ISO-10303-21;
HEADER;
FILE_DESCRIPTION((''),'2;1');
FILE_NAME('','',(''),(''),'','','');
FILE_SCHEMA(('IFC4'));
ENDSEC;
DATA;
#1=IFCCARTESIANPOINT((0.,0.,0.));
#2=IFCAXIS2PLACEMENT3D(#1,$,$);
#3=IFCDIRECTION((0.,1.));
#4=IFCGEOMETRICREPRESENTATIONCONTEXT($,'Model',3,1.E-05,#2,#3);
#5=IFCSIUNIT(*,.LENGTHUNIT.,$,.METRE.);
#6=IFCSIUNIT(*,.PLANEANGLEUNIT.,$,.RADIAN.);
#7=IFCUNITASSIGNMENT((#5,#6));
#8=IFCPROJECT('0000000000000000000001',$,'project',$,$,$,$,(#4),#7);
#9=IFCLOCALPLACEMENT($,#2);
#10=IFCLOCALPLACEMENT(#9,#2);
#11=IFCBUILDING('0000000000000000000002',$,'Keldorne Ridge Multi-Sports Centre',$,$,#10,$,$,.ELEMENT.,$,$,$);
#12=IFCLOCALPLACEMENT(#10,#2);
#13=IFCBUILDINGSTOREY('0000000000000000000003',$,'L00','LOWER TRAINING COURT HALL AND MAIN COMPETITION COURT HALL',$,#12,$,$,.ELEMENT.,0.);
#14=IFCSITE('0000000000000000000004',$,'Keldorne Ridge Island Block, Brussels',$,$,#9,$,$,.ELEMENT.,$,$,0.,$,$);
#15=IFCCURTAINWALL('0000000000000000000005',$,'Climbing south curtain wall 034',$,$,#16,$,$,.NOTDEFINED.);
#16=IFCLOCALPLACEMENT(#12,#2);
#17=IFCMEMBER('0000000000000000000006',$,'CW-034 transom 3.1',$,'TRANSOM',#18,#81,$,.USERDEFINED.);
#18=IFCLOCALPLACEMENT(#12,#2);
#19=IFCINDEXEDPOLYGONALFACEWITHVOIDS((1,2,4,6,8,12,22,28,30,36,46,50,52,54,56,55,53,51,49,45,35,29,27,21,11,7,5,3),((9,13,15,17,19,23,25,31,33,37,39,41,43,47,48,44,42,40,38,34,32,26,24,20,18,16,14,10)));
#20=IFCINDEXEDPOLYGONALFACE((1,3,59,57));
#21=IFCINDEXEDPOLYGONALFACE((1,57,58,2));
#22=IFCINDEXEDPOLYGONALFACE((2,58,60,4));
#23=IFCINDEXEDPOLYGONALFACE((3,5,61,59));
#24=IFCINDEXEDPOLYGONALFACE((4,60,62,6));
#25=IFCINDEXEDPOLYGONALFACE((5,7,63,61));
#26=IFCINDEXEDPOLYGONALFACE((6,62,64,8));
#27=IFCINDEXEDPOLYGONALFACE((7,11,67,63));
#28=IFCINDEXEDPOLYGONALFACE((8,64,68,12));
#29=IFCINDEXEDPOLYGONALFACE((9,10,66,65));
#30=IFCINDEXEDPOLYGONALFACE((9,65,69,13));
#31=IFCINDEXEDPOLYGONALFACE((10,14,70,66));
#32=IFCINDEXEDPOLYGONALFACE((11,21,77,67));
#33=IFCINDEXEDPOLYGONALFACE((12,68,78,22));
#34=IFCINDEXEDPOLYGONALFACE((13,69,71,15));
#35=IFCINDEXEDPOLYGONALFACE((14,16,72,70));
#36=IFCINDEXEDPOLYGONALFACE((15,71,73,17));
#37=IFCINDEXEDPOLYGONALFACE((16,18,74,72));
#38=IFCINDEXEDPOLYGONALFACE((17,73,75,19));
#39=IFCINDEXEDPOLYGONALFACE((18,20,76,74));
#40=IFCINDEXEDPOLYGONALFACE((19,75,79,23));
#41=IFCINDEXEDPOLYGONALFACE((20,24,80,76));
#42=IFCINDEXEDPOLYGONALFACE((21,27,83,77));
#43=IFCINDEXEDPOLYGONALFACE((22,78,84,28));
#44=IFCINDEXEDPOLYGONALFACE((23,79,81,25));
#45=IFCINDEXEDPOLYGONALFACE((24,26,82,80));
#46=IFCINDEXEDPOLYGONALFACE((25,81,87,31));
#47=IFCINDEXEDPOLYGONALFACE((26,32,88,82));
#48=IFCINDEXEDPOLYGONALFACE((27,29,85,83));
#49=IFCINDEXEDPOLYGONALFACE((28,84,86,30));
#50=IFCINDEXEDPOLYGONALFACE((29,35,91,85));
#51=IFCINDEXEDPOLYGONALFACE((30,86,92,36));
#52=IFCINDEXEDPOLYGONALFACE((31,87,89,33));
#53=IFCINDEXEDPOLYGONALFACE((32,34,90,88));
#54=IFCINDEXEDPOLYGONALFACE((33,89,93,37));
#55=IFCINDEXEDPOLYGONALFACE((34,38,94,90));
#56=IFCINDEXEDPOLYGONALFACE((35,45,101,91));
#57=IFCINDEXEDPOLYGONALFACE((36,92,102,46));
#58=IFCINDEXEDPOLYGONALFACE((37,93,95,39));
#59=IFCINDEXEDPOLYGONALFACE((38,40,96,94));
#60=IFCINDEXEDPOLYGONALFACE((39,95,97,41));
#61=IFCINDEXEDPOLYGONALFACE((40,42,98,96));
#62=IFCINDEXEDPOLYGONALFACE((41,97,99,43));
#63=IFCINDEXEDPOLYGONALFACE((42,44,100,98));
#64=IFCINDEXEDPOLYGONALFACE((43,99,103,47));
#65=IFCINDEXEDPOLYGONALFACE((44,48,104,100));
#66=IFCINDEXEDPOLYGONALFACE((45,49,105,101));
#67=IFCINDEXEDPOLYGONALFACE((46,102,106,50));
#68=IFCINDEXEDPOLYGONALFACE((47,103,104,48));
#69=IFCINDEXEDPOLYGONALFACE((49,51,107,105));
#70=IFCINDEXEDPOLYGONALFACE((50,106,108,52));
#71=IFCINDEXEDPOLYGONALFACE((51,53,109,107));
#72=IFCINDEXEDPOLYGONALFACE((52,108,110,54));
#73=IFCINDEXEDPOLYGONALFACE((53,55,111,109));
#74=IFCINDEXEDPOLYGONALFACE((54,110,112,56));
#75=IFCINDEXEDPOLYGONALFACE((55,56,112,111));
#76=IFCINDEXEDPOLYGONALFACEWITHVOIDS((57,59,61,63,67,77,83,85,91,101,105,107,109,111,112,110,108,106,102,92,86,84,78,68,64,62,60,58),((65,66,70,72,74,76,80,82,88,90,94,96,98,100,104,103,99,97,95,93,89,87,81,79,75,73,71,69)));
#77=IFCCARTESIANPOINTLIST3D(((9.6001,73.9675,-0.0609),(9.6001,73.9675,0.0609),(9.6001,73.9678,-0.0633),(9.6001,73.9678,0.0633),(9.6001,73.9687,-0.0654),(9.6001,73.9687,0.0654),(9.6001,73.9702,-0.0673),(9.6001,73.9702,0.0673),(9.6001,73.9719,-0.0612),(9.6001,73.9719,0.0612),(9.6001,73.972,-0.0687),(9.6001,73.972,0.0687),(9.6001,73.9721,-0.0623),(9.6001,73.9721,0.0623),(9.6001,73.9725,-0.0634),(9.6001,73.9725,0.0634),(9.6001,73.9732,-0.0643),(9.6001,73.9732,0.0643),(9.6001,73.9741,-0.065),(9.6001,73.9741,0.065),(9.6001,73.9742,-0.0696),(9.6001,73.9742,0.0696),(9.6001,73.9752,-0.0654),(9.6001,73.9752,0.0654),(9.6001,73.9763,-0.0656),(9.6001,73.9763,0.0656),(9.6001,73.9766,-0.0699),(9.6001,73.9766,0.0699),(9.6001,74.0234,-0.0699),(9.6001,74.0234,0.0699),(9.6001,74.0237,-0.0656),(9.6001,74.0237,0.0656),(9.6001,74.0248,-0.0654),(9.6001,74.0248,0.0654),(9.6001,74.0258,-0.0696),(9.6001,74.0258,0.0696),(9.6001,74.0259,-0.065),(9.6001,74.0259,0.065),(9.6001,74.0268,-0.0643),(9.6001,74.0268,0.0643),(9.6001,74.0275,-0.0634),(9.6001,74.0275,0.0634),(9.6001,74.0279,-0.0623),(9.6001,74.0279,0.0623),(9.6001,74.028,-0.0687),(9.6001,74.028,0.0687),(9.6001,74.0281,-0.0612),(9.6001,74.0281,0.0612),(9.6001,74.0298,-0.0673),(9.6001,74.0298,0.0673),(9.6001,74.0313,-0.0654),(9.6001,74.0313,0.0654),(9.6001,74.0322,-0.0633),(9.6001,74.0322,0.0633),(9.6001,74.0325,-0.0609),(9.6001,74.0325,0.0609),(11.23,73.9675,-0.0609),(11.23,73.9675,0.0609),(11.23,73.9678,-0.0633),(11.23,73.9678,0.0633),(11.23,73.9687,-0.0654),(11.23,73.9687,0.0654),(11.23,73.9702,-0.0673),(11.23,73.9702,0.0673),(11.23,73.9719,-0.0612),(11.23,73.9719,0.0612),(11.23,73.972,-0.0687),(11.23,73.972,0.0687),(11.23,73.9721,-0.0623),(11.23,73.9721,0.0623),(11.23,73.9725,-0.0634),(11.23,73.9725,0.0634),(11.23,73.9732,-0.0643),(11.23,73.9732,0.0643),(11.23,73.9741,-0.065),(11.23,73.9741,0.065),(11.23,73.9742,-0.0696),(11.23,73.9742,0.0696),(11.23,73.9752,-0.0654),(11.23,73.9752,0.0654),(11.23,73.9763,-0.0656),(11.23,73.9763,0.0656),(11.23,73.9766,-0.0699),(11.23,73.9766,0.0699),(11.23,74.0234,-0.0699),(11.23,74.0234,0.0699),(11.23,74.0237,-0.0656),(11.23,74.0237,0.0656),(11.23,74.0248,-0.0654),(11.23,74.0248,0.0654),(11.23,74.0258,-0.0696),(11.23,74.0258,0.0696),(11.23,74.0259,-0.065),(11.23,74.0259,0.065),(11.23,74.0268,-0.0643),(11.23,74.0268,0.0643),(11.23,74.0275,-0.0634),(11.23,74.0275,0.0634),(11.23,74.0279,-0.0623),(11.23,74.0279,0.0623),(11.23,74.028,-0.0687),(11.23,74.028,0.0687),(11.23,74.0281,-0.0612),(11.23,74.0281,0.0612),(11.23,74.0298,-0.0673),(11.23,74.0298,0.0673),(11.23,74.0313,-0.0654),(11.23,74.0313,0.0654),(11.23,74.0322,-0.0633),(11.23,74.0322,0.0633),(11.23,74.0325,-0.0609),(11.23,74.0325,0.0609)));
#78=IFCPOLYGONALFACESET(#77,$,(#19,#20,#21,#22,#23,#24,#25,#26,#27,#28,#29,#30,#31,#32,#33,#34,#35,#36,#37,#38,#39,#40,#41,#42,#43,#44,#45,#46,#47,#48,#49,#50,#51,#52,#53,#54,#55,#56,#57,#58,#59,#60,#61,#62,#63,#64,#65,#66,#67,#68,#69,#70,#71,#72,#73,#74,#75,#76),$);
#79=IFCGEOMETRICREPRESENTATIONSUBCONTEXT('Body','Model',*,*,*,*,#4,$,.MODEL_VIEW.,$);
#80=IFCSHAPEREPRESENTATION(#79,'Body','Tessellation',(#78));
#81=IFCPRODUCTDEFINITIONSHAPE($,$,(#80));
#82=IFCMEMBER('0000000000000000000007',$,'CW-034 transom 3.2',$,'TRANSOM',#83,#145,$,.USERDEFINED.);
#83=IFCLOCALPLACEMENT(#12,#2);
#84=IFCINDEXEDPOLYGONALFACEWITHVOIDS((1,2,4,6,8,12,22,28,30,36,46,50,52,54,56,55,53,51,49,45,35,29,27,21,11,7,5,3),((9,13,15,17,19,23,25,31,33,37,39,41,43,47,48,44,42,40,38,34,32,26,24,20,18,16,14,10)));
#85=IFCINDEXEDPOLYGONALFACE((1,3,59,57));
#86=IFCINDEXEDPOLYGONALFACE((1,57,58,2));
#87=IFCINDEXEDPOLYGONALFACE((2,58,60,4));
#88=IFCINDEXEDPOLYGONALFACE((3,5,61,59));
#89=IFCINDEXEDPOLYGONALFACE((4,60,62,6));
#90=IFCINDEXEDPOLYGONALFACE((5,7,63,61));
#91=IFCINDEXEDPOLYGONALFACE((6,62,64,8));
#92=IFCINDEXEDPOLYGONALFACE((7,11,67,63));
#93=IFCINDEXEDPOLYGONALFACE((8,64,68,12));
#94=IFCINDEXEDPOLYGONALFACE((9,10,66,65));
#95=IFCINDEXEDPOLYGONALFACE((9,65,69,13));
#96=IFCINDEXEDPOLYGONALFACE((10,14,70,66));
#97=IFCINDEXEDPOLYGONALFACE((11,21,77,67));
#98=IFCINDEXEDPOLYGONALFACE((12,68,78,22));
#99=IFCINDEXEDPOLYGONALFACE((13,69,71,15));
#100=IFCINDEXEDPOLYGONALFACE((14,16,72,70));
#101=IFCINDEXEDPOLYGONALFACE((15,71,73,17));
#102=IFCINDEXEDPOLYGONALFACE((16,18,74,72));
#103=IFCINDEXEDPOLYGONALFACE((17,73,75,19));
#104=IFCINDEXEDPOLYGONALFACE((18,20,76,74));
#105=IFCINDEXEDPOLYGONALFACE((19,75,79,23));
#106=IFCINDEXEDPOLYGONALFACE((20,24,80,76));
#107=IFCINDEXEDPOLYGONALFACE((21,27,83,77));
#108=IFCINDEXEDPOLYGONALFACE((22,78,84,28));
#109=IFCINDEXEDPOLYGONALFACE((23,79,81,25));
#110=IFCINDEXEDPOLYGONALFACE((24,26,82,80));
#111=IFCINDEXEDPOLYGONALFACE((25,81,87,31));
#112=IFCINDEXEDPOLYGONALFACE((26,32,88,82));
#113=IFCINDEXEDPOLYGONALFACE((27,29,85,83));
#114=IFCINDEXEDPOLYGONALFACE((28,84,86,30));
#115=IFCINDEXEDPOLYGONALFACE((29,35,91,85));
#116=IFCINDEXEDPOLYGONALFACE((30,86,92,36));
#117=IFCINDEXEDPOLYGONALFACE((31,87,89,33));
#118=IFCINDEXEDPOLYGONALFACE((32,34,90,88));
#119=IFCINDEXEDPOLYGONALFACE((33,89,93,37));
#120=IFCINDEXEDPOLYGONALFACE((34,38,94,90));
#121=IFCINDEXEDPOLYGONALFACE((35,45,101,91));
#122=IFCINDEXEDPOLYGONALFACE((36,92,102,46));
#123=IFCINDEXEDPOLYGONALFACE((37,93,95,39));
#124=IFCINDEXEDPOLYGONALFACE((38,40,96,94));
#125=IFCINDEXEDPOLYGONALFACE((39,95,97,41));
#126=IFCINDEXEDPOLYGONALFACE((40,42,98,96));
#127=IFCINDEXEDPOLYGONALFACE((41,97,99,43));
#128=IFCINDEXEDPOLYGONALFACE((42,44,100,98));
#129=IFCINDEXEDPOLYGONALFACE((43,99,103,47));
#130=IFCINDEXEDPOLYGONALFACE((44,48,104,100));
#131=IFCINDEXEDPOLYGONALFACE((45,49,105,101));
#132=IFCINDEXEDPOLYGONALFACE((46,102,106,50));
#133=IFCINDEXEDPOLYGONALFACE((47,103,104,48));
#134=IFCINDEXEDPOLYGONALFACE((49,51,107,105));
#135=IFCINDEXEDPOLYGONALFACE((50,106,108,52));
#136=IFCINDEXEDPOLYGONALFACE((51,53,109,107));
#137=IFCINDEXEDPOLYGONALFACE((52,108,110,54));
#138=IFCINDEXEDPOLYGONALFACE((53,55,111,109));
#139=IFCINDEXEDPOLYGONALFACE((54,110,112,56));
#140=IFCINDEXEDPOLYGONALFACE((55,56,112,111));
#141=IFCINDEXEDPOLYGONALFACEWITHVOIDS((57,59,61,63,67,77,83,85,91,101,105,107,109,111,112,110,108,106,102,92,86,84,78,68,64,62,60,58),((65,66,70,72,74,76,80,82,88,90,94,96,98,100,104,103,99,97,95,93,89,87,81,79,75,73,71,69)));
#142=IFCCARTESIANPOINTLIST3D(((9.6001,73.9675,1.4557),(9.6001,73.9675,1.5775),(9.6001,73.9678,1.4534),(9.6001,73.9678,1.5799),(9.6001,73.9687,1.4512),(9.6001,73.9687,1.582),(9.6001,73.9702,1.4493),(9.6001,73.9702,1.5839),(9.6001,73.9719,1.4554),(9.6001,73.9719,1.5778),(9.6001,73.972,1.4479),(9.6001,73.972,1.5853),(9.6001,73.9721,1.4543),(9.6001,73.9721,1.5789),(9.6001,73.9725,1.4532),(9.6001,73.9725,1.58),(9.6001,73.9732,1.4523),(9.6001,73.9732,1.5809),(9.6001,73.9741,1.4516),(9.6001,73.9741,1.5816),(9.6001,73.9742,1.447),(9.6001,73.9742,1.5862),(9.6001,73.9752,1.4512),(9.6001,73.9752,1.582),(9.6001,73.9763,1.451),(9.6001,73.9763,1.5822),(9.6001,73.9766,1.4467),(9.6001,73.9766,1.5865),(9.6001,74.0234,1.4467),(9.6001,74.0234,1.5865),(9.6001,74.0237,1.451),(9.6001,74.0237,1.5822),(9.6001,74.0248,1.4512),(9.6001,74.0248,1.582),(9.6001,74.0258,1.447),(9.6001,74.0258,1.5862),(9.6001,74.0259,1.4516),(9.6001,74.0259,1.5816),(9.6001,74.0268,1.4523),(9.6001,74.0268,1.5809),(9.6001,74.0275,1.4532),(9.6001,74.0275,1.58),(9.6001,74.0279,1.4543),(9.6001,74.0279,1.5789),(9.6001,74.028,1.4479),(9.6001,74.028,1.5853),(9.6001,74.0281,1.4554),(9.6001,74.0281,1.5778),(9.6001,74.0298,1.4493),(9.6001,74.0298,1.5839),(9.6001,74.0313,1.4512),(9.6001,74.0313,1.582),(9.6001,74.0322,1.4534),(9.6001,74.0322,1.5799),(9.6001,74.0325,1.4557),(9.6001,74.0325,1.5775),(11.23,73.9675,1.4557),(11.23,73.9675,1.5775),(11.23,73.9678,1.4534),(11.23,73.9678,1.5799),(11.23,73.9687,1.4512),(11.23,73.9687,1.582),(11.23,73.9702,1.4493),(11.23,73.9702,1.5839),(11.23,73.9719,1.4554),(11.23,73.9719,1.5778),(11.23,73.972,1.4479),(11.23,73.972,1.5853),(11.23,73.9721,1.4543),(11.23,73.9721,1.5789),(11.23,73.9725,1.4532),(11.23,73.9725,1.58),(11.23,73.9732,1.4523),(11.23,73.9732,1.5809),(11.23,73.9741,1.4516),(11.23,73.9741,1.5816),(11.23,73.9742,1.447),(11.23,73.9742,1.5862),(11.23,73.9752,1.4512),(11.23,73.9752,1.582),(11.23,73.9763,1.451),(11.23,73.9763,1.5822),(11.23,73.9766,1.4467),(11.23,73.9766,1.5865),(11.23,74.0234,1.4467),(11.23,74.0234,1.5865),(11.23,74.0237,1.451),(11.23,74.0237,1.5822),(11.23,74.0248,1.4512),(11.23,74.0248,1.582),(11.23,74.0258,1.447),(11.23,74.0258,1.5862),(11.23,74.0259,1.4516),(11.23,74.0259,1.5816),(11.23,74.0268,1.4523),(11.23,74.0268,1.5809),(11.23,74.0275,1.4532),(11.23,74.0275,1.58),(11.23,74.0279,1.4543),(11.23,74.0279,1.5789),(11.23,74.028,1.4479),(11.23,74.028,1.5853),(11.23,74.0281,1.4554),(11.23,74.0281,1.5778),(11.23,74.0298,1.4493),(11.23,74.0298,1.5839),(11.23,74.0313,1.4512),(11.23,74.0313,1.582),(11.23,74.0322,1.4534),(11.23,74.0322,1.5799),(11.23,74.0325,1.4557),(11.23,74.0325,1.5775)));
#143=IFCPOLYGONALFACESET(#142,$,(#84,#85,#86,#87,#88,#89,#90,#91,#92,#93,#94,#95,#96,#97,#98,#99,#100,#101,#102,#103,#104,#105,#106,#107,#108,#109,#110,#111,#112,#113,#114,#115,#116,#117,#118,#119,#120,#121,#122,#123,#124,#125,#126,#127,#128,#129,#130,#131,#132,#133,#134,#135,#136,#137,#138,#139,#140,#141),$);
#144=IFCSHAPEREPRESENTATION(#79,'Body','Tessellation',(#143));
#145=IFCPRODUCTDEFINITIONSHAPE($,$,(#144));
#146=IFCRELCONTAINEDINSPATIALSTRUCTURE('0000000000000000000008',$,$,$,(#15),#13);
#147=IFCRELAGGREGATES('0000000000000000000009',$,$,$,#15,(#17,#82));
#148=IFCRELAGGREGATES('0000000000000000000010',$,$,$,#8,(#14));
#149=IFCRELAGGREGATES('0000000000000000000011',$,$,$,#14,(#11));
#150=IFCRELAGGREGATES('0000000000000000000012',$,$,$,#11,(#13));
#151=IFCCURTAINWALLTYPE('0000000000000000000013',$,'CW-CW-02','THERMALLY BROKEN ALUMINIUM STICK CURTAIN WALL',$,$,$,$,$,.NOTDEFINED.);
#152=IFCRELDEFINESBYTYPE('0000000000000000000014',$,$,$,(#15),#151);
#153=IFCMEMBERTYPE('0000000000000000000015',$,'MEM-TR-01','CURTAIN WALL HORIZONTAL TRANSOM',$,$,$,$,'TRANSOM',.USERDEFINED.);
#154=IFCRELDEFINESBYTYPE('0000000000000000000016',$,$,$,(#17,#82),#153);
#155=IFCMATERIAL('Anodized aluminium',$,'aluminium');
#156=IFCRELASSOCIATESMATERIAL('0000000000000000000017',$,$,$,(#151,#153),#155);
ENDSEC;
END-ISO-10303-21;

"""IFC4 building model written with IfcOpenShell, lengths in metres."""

from ifc_helpers import new_model, si_unit, direction, frame, origin, origin_2d, place, context, subcontext, project, spatial, hollow_rectangle, extrude, material, material_profile, profile_set, type_object, element, aggregate, save


model = new_model("IFC4")

# Units and contexts
model_context = context("Model", 3, precision=1e-05, world=origin(), true_north=direction((0.0, 1.0)))
body_context = subcontext(model_context, "Body", "Model", "MODEL_VIEW")
ifc_project = project(units=[si_unit("LENGTHUNIT", "METRE"), si_unit("PLANEANGLEUNIT", "RADIAN")], contexts=[model_context])

# Site, building, storey
site_placement = place(None, origin())
site = spatial("IfcSite", under=ifc_project, at=site_placement, Name="Keldorne Ridge Island Block, Brussels", CompositionType="ELEMENT", RefElevation=0.0)
building_placement = place(site_placement, origin())
building = spatial("IfcBuilding", under=site, at=building_placement, Name="Keldorne Ridge Multi-Sports Centre", CompositionType="ELEMENT")
storey_placement = place(building_placement, origin())
storey = spatial("IfcBuildingStorey", under=building, at=storey_placement, Name="L00", Description="LOWER TRAINING COURT HALL AND MAIN COMPETITION COURT HALL", CompositionType="ELEMENT", Elevation=0.0)

# Curtain wall, members
ifc_material_1 = material(Name="Anodized aluminium", Category="aluminium")
curtain_wall_type = type_object("IfcCurtainWallType", Name="CW-CW-02", Description="THERMALLY BROKEN ALUMINIUM STICK CURTAIN WALL", PredefinedType="NOTDEFINED", material=ifc_material_1)
curtain_wall_placement = place(storey_placement, origin())
curtain_wall = element("IfcCurtainWall", 1, at=curtain_wall_placement, inside=storey, type_object=curtain_wall_type, Name="Climbing south curtain wall 034", PredefinedType="NOTDEFINED")
ifc_material_profile_1 = material_profile(ifc_material_1, hollow_rectangle(XDim=0.0649, YDim=0.1399, WallThickness=0.0044, InnerFilletRadius=0.0044, OuterFilletRadius=0.009, at=origin_2d()), Name="ALU TRANSOM 140x65x4.5")
ifc_profile_set_1 = profile_set([ifc_material_profile_1], Name="Anodized aluminium")
member_type_1 = type_object("IfcMemberType", Name="MEM-TR-01", Description="CURTAIN WALL HORIZONTAL TRANSOM", ElementType="TRANSOM", PredefinedType="USERDEFINED", material=ifc_profile_set_1)
member_1_placement = place(storey_placement, frame((9.6001, 74.0, 0.0), z_axis=(1.0, 0.0, 0.0), x_axis=(0.0, 1.0, 0.0)))
member_1 = element("IfcMember", 2, at=member_1_placement, type_object=member_type_1, Name="CW-034 transom 3.1", ObjectType="TRANSOM", PredefinedType="USERDEFINED", context=body_context, shape_type="SweptSolid", body=[
    extrude(hollow_rectangle(XDim=0.0649, YDim=0.1399, WallThickness=0.0044, InnerFilletRadius=0.0044, OuterFilletRadius=0.009, at=origin_2d()), origin(), (0.0, 0.0, 1.0), 1.6299),
])
member_2_placement = place(storey_placement, frame((9.6001, 74.0, 1.5166), z_axis=(1.0, 0.0, 0.0), x_axis=(0.0, 1.0, 0.0)))
member_2 = element("IfcMember", 3, at=member_2_placement, type_object=member_type_1, Name="CW-034 transom 3.2", ObjectType="TRANSOM", PredefinedType="USERDEFINED", context=body_context, shape_type="SweptSolid", body=[
    extrude(hollow_rectangle(XDim=0.0649, YDim=0.1399, WallThickness=0.0044, InnerFilletRadius=0.0044, OuterFilletRadius=0.009, at=origin_2d()), origin(), (0.0, 0.0, 1.0), 1.6299),
])
aggregate(curtain_wall, [member_1, member_2])

save(model, "model.ifc")
